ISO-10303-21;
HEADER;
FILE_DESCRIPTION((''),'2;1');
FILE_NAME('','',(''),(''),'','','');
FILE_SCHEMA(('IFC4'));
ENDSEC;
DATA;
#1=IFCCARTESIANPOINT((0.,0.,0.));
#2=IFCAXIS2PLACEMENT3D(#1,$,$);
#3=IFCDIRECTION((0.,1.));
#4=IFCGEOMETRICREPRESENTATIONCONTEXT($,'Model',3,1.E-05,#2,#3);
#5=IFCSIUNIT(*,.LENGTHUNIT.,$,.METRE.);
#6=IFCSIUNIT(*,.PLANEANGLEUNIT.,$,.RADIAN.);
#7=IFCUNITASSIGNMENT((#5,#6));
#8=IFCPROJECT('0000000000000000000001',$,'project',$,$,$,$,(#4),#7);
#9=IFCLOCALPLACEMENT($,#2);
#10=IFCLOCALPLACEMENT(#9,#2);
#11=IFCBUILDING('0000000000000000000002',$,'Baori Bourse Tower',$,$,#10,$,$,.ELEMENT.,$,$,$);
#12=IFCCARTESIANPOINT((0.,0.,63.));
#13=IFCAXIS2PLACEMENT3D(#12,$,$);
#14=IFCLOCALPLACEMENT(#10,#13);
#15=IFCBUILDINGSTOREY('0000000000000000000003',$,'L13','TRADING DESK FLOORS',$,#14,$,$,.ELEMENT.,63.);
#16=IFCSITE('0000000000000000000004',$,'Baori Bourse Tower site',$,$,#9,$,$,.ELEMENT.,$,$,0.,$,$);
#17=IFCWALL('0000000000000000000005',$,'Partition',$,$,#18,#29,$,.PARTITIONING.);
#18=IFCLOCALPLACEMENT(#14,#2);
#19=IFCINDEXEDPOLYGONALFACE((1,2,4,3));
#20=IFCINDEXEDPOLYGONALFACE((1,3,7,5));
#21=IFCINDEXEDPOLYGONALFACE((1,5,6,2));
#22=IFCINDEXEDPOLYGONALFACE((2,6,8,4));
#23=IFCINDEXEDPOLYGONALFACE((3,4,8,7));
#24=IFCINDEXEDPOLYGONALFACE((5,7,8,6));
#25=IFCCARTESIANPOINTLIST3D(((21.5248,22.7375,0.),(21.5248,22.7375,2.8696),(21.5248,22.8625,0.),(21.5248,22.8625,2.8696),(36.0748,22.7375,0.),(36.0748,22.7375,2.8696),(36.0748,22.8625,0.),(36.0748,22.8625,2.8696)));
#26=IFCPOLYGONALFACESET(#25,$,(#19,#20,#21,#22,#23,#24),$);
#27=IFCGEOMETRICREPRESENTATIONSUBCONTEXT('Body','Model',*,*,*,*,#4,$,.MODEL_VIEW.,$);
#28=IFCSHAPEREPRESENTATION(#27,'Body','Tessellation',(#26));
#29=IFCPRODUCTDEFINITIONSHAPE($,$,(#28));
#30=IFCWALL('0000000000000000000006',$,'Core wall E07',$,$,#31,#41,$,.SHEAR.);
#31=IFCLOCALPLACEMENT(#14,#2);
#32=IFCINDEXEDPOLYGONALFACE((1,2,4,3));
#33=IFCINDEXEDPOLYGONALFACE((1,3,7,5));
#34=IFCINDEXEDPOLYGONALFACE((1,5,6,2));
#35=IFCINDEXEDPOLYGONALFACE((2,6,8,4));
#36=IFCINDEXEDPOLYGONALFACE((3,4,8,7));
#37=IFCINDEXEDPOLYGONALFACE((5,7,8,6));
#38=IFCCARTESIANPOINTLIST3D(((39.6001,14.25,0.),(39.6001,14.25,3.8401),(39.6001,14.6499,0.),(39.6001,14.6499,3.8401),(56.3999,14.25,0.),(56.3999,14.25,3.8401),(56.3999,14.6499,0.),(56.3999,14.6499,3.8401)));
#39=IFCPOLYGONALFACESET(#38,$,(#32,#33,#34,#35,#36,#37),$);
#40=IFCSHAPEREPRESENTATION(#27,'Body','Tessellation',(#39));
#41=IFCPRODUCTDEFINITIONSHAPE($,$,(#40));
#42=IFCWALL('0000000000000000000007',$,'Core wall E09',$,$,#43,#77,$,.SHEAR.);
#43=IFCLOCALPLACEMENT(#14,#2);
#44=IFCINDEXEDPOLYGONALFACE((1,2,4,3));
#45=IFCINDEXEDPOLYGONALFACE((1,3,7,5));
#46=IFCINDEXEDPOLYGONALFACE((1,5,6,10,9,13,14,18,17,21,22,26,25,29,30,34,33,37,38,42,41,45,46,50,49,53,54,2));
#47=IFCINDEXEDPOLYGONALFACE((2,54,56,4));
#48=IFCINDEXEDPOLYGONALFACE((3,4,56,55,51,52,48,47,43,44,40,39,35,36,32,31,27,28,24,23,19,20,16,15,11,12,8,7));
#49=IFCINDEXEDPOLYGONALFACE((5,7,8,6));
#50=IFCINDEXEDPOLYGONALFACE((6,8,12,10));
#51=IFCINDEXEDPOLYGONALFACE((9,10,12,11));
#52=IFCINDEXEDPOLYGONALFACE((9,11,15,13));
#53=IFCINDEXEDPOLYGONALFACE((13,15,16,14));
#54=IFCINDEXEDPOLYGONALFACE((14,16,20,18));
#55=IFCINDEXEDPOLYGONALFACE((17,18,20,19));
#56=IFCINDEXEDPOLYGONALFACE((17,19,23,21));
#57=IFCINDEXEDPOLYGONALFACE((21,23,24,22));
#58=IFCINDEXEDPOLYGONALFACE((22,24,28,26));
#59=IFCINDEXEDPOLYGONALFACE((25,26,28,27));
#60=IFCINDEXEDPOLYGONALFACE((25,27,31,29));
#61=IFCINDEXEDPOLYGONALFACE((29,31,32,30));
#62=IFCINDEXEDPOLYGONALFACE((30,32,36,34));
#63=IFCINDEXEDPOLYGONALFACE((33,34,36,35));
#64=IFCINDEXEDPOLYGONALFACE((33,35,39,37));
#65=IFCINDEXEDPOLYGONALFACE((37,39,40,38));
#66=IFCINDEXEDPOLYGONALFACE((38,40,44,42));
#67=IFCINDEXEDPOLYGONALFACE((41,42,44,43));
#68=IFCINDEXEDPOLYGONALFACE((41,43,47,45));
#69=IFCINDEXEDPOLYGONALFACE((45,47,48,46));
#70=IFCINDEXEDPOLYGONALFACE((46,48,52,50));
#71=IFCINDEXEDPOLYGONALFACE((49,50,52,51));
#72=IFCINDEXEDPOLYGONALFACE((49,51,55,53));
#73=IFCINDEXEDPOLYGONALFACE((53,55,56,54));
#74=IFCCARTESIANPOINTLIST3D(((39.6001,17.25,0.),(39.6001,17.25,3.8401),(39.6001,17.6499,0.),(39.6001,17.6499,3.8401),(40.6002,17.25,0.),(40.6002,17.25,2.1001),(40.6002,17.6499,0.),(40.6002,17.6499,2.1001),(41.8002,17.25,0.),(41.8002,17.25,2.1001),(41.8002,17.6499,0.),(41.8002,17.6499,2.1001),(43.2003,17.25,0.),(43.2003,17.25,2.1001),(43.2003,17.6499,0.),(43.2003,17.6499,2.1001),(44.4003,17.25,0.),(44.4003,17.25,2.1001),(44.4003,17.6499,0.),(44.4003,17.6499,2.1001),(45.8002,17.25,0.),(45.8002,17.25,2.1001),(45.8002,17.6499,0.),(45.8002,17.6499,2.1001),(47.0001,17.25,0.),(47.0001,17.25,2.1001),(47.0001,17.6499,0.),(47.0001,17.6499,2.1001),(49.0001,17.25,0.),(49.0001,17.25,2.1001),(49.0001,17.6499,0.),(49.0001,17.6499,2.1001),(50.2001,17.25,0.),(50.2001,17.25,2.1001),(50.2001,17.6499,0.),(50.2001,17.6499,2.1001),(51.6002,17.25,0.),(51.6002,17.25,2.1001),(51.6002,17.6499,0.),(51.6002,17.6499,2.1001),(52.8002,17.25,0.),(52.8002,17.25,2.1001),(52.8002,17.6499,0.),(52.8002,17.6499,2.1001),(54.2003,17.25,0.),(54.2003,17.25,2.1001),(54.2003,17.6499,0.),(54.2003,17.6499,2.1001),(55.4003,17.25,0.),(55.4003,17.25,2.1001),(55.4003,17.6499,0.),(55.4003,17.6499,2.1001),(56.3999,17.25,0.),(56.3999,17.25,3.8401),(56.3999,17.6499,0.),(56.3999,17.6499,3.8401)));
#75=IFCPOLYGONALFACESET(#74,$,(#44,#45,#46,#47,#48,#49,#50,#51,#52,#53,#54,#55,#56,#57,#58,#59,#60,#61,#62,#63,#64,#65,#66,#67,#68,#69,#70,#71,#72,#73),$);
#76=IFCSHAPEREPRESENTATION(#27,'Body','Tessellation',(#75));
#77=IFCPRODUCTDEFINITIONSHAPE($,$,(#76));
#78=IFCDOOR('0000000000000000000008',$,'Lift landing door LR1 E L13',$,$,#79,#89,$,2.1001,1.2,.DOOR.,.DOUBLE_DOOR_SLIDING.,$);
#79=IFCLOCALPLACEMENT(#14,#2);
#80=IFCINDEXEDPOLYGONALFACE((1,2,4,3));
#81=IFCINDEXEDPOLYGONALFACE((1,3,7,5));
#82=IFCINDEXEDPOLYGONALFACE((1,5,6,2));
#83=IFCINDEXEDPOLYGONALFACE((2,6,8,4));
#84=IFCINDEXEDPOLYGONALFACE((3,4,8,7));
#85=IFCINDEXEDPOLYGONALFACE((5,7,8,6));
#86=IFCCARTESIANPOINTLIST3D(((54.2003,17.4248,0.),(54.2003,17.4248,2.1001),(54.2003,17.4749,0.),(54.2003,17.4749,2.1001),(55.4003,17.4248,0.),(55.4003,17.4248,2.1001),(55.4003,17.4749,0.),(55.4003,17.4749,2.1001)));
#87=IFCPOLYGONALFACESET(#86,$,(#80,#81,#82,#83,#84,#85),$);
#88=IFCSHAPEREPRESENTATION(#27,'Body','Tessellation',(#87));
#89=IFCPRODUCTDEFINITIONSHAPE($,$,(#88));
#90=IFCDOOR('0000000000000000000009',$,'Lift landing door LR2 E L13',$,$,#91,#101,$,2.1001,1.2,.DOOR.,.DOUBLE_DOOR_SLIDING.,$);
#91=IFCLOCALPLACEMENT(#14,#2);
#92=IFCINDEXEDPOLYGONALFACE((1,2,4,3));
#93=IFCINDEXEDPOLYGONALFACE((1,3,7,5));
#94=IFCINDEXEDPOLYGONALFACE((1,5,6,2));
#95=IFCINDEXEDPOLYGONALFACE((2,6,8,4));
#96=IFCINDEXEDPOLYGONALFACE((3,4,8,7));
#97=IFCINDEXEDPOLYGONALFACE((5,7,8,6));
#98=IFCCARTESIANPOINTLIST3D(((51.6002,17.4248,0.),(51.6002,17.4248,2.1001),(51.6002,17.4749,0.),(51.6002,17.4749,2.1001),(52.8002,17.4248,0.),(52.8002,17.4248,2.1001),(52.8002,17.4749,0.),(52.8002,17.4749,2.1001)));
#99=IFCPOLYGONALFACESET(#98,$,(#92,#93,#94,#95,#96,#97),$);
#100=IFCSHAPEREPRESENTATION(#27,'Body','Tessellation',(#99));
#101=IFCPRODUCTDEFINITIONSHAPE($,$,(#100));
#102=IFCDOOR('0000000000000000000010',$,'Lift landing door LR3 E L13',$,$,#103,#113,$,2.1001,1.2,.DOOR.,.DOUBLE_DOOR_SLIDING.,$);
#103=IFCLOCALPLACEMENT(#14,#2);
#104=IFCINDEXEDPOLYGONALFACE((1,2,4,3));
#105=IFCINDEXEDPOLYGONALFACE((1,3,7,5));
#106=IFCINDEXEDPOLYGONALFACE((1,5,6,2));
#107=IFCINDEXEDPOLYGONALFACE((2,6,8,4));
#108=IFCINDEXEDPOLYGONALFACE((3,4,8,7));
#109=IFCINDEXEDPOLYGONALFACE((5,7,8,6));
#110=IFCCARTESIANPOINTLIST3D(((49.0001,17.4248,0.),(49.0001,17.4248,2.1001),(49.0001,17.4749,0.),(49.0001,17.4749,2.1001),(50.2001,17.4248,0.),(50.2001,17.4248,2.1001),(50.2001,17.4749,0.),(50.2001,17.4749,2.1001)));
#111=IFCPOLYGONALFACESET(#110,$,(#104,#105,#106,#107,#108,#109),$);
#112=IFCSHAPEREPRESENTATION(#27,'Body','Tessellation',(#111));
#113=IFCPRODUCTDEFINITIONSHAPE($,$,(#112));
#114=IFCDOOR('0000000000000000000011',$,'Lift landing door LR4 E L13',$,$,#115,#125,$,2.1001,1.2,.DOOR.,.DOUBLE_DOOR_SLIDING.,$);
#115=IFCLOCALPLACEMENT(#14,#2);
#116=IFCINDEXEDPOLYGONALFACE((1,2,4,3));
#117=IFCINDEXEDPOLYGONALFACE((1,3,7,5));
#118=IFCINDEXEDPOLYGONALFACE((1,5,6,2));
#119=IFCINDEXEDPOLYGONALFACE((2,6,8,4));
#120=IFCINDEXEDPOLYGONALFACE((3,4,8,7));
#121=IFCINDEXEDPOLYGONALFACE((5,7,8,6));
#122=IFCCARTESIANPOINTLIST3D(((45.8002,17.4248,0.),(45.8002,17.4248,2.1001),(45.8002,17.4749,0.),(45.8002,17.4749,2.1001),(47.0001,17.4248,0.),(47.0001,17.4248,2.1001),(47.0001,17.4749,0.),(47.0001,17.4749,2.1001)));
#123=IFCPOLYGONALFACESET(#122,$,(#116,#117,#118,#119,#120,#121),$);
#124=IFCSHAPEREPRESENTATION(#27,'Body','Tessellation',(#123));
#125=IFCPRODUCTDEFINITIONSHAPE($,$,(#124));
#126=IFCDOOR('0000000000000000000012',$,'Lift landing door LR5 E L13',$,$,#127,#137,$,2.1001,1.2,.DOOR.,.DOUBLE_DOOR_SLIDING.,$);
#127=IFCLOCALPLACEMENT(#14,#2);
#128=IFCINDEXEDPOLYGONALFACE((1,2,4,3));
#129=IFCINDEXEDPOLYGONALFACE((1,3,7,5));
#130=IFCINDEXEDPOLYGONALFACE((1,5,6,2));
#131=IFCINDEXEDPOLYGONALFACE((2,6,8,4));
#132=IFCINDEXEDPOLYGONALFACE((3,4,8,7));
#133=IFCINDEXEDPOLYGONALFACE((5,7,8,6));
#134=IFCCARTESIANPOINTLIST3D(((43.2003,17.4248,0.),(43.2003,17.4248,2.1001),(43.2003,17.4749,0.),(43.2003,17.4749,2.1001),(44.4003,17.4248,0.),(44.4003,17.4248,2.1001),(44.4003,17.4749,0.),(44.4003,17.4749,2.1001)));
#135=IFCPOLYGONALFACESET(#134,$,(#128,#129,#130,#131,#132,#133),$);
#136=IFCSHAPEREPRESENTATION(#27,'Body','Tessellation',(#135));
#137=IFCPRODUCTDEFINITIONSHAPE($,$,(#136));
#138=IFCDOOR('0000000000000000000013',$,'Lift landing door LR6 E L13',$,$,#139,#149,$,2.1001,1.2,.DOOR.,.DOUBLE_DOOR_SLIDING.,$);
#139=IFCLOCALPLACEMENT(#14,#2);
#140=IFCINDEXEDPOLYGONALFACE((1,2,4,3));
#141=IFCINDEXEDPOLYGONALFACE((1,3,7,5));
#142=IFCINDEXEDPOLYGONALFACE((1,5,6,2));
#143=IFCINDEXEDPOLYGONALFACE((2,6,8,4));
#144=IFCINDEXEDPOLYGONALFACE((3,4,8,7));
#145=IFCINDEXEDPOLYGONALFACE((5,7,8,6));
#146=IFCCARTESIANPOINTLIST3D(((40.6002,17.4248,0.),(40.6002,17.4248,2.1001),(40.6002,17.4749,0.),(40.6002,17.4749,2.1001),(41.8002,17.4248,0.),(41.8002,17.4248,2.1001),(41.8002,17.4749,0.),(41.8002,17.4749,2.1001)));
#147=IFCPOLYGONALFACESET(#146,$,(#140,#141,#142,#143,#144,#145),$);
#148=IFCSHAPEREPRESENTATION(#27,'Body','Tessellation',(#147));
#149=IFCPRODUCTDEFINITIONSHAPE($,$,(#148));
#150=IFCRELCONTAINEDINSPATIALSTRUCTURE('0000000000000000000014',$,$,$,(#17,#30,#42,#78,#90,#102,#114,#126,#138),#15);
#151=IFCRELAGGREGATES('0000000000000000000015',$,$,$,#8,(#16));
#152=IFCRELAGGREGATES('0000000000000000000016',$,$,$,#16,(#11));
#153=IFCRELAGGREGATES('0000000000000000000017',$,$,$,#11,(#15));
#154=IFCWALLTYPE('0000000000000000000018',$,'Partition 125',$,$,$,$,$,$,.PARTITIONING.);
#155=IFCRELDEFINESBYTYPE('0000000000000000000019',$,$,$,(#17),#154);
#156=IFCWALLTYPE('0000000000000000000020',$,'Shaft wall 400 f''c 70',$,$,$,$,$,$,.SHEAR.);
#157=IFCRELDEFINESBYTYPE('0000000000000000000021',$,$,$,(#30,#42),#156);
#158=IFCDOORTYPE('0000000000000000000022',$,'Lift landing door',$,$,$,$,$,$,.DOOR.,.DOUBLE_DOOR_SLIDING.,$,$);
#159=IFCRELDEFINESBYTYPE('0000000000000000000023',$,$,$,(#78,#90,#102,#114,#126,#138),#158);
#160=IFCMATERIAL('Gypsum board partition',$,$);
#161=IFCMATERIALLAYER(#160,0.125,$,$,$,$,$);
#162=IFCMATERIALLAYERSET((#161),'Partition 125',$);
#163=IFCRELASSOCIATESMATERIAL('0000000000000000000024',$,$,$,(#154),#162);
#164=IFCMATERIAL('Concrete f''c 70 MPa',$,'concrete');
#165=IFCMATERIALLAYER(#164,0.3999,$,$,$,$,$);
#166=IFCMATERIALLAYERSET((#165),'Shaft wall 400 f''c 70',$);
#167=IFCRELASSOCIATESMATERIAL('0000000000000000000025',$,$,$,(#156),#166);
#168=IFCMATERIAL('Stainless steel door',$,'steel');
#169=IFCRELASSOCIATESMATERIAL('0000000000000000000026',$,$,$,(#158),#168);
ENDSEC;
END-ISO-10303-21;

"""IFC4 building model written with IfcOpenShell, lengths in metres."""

from ifc_helpers import new_model, si_unit, direction, frame, frame_2d, origin, place, context, subcontext, project, spatial, rectangle, extrude, material, layer, layer_set, type_object, element, fill, save


model = new_model("IFC4")

# Units and contexts
model_context = context("Model", 3, precision=1e-05, world=origin(), true_north=direction((0.0, 1.0)))
body_context = subcontext(model_context, "Body", "Model", "MODEL_VIEW")
ifc_project = project(units=[si_unit("LENGTHUNIT", "METRE"), si_unit("PLANEANGLEUNIT", "RADIAN")], contexts=[model_context])

# Site, building, storey
site_placement = place(None, origin())
site = spatial("IfcSite", under=ifc_project, at=site_placement, Name="Baori Bourse Tower site", CompositionType="ELEMENT", RefElevation=0.0)
building_placement = place(site_placement, origin())
building = spatial("IfcBuilding", under=site, at=building_placement, Name="Baori Bourse Tower", CompositionType="ELEMENT")
storey_placement = place(building_placement, frame((0.0, 0.0, 63.0)))
storey = spatial("IfcBuildingStorey", under=building, at=storey_placement, Name="L13", Description="TRADING DESK FLOORS", CompositionType="ELEMENT", Elevation=63.0)

# Walls
ifc_material_1 = material(Name="Gypsum board partition")
ifc_layer_1 = layer(ifc_material_1, 0.125)
ifc_layer_set_1 = layer_set([ifc_layer_1], Name="Partition 125")
wall_type_1 = type_object("IfcWallType", Name="Partition 125", PredefinedType="PARTITIONING", material=ifc_layer_set_1)
wall_1_placement = place(storey_placement, frame((21.5249, 22.8, 0.0), z_axis=(0.0, 0.0, 1.0), x_axis=(1.0, 0.0, 0.0)))
element("IfcWall", 1, at=wall_1_placement, inside=storey, type_object=wall_type_1, Name="Partition", PredefinedType="PARTITIONING", context=body_context, shape_type="SweptSolid", body=[
    extrude(rectangle(XDim=14.55, YDim=0.125, at=frame_2d((7.2749, 0.0))), origin(), (0.0, 0.0, 1.0), 2.8696),
])
ifc_material_2 = material(Name="Concrete f'c 70 MPa", Category="concrete")
ifc_layer_2 = layer(ifc_material_2, 0.3999)
ifc_layer_set_2 = layer_set([ifc_layer_2], Name="Shaft wall 400 f'c 70")
wall_type_2 = type_object("IfcWallType", Name="Shaft wall 400 f'c 70", PredefinedType="SHEAR", material=ifc_layer_set_2)
wall_2_placement = place(storey_placement, frame((39.6001, 14.45, 0.0), z_axis=(0.0, 0.0, 1.0), x_axis=(1.0, 0.0, 0.0)))
element("IfcWall", 2, at=wall_2_placement, inside=storey, type_object=wall_type_2, Name="Core wall E07", PredefinedType="SHEAR", context=body_context, shape_type="SweptSolid", body=[
    extrude(rectangle(XDim=16.7998, YDim=0.3999, at=frame_2d((8.3999, 0.0))), origin(), (0.0, 0.0, 1.0), 3.8401),
])

# Wall, openings, doors
wall_3_placement = place(storey_placement, frame((39.6001, 17.45, 0.0), z_axis=(0.0, 0.0, 1.0), x_axis=(1.0, 0.0, 0.0)))
wall_3 = element("IfcWall", 3, at=wall_3_placement, inside=storey, type_object=wall_type_2, Name="Core wall E09", PredefinedType="SHEAR", context=body_context, shape_type="SweptSolid", body=[
    extrude(rectangle(XDim=16.7998, YDim=0.3999, at=frame_2d((8.3999, 0.0))), origin(), (0.0, 0.0, 1.0), 3.8401),
])
opening_1_placement = place(wall_3_placement, frame((14.6001, 0.0, 0.0)))
opening_1 = element("IfcOpeningElement", 4, at=opening_1_placement, cuts=wall_3, PredefinedType="OPENING", context=body_context, shape_type="SweptSolid", body=[
    extrude(rectangle(XDim=1.2, YDim=2.1001, at=frame_2d((0.6001, 1.05))), frame((0.0, 0.21, 0.0), z_axis=(0.0, -1.0, 0.0), x_axis=(1.0, 0.0, 0.0)), (0.0, 0.0, 1.0), 0.4199),
])
opening_2_placement = place(wall_3_placement, frame((12.0, 0.0, 0.0)))
opening_2 = element("IfcOpeningElement", 5, at=opening_2_placement, cuts=wall_3, PredefinedType="OPENING", context=body_context, shape_type="SweptSolid", body=[
    extrude(rectangle(XDim=1.2, YDim=2.1001, at=frame_2d((0.6001, 1.05))), frame((0.0, 0.21, 0.0), z_axis=(0.0, -1.0, 0.0), x_axis=(1.0, 0.0, 0.0)), (0.0, 0.0, 1.0), 0.4199),
])
opening_3_placement = place(wall_3_placement, frame((9.3999, 0.0, 0.0)))
opening_3 = element("IfcOpeningElement", 6, at=opening_3_placement, cuts=wall_3, PredefinedType="OPENING", context=body_context, shape_type="SweptSolid", body=[
    extrude(rectangle(XDim=1.2, YDim=2.1001, at=frame_2d((0.6001, 1.05))), frame((0.0, 0.21, 0.0), z_axis=(0.0, -1.0, 0.0), x_axis=(1.0, 0.0, 0.0)), (0.0, 0.0, 1.0), 0.4199),
])
opening_4_placement = place(wall_3_placement, frame((6.2, 0.0, 0.0)))
opening_4 = element("IfcOpeningElement", 7, at=opening_4_placement, cuts=wall_3, PredefinedType="OPENING", context=body_context, shape_type="SweptSolid", body=[
    extrude(rectangle(XDim=1.2, YDim=2.1001, at=frame_2d((0.6001, 1.05))), frame((0.0, 0.21, 0.0), z_axis=(0.0, -1.0, 0.0), x_axis=(1.0, 0.0, 0.0)), (0.0, 0.0, 1.0), 0.4199),
])
opening_5_placement = place(wall_3_placement, frame((3.6001, 0.0, 0.0)))
opening_5 = element("IfcOpeningElement", 8, at=opening_5_placement, cuts=wall_3, PredefinedType="OPENING", context=body_context, shape_type="SweptSolid", body=[
    extrude(rectangle(XDim=1.2, YDim=2.1001, at=frame_2d((0.6001, 1.05))), frame((0.0, 0.21, 0.0), z_axis=(0.0, -1.0, 0.0), x_axis=(1.0, 0.0, 0.0)), (0.0, 0.0, 1.0), 0.4199),
])
opening_6_placement = place(wall_3_placement, frame((1.0, 0.0, 0.0)))
opening_6 = element("IfcOpeningElement", 9, at=opening_6_placement, cuts=wall_3, PredefinedType="OPENING", context=body_context, shape_type="SweptSolid", body=[
    extrude(rectangle(XDim=1.2, YDim=2.1001, at=frame_2d((0.6001, 1.05))), frame((0.0, 0.21, 0.0), z_axis=(0.0, -1.0, 0.0), x_axis=(1.0, 0.0, 0.0)), (0.0, 0.0, 1.0), 0.4199),
])
ifc_material_3 = material(Name="Stainless steel door", Category="steel")
door_type_1 = type_object("IfcDoorType", Name="Lift landing door", OperationType="DOUBLE_DOOR_SLIDING", PredefinedType="DOOR", material=ifc_material_3)
door_1_placement = place(opening_1_placement, origin())
door_1 = element("IfcDoor", 10, at=door_1_placement, inside=storey, type_object=door_type_1, Name="Lift landing door LR1 E L13", OperationType="DOUBLE_DOOR_SLIDING", OverallHeight=2.1001, OverallWidth=1.2, PredefinedType="DOOR", context=body_context, shape_type="SweptSolid", body=[
    extrude(rectangle(XDim=1.2, YDim=2.1001, at=frame_2d((0.6001, 1.05))), frame((0.0, 0.0249, 0.0), z_axis=(0.0, -1.0, 0.0), x_axis=(1.0, 0.0, 0.0)), (0.0, 0.0, 1.0), 0.05),
])
fill(opening_1, door_1)
door_2_placement = place(opening_2_placement, origin())
door_2 = element("IfcDoor", 11, at=door_2_placement, inside=storey, type_object=door_type_1, Name="Lift landing door LR2 E L13", OperationType="DOUBLE_DOOR_SLIDING", OverallHeight=2.1001, OverallWidth=1.2, PredefinedType="DOOR", context=body_context, shape_type="SweptSolid", body=[
    extrude(rectangle(XDim=1.2, YDim=2.1001, at=frame_2d((0.6001, 1.05))), frame((0.0, 0.0249, 0.0), z_axis=(0.0, -1.0, 0.0), x_axis=(1.0, 0.0, 0.0)), (0.0, 0.0, 1.0), 0.05),
])
fill(opening_2, door_2)
door_3_placement = place(opening_3_placement, origin())
door_3 = element("IfcDoor", 12, at=door_3_placement, inside=storey, type_object=door_type_1, Name="Lift landing door LR3 E L13", OperationType="DOUBLE_DOOR_SLIDING", OverallHeight=2.1001, OverallWidth=1.2, PredefinedType="DOOR", context=body_context, shape_type="SweptSolid", body=[
    extrude(rectangle(XDim=1.2, YDim=2.1001, at=frame_2d((0.6001, 1.05))), frame((0.0, 0.0249, 0.0), z_axis=(0.0, -1.0, 0.0), x_axis=(1.0, 0.0, 0.0)), (0.0, 0.0, 1.0), 0.05),
])
fill(opening_3, door_3)
door_4_placement = place(opening_4_placement, origin())
door_4 = element("IfcDoor", 13, at=door_4_placement, inside=storey, type_object=door_type_1, Name="Lift landing door LR4 E L13", OperationType="DOUBLE_DOOR_SLIDING", OverallHeight=2.1001, OverallWidth=1.2, PredefinedType="DOOR", context=body_context, shape_type="SweptSolid", body=[
    extrude(rectangle(XDim=1.2, YDim=2.1001, at=frame_2d((0.6001, 1.05))), frame((0.0, 0.0249, 0.0), z_axis=(0.0, -1.0, 0.0), x_axis=(1.0, 0.0, 0.0)), (0.0, 0.0, 1.0), 0.05),
])
fill(opening_4, door_4)
door_5_placement = place(opening_5_placement, origin())
door_5 = element("IfcDoor", 14, at=door_5_placement, inside=storey, type_object=door_type_1, Name="Lift landing door LR5 E L13", OperationType="DOUBLE_DOOR_SLIDING", OverallHeight=2.1001, OverallWidth=1.2, PredefinedType="DOOR", context=body_context, shape_type="SweptSolid", body=[
    extrude(rectangle(XDim=1.2, YDim=2.1001, at=frame_2d((0.6001, 1.05))), frame((0.0, 0.0249, 0.0), z_axis=(0.0, -1.0, 0.0), x_axis=(1.0, 0.0, 0.0)), (0.0, 0.0, 1.0), 0.05),
])
fill(opening_5, door_5)
door_6_placement = place(opening_6_placement, origin())
door_6 = element("IfcDoor", 15, at=door_6_placement, inside=storey, type_object=door_type_1, Name="Lift landing door LR6 E L13", OperationType="DOUBLE_DOOR_SLIDING", OverallHeight=2.1001, OverallWidth=1.2, PredefinedType="DOOR", context=body_context, shape_type="SweptSolid", body=[
    extrude(rectangle(XDim=1.2, YDim=2.1001, at=frame_2d((0.6001, 1.05))), frame((0.0, 0.0249, 0.0), z_axis=(0.0, -1.0, 0.0), x_axis=(1.0, 0.0, 0.0)), (0.0, 0.0, 1.0), 0.05),
])
fill(opening_6, door_6)

save(model, "model.ifc")
